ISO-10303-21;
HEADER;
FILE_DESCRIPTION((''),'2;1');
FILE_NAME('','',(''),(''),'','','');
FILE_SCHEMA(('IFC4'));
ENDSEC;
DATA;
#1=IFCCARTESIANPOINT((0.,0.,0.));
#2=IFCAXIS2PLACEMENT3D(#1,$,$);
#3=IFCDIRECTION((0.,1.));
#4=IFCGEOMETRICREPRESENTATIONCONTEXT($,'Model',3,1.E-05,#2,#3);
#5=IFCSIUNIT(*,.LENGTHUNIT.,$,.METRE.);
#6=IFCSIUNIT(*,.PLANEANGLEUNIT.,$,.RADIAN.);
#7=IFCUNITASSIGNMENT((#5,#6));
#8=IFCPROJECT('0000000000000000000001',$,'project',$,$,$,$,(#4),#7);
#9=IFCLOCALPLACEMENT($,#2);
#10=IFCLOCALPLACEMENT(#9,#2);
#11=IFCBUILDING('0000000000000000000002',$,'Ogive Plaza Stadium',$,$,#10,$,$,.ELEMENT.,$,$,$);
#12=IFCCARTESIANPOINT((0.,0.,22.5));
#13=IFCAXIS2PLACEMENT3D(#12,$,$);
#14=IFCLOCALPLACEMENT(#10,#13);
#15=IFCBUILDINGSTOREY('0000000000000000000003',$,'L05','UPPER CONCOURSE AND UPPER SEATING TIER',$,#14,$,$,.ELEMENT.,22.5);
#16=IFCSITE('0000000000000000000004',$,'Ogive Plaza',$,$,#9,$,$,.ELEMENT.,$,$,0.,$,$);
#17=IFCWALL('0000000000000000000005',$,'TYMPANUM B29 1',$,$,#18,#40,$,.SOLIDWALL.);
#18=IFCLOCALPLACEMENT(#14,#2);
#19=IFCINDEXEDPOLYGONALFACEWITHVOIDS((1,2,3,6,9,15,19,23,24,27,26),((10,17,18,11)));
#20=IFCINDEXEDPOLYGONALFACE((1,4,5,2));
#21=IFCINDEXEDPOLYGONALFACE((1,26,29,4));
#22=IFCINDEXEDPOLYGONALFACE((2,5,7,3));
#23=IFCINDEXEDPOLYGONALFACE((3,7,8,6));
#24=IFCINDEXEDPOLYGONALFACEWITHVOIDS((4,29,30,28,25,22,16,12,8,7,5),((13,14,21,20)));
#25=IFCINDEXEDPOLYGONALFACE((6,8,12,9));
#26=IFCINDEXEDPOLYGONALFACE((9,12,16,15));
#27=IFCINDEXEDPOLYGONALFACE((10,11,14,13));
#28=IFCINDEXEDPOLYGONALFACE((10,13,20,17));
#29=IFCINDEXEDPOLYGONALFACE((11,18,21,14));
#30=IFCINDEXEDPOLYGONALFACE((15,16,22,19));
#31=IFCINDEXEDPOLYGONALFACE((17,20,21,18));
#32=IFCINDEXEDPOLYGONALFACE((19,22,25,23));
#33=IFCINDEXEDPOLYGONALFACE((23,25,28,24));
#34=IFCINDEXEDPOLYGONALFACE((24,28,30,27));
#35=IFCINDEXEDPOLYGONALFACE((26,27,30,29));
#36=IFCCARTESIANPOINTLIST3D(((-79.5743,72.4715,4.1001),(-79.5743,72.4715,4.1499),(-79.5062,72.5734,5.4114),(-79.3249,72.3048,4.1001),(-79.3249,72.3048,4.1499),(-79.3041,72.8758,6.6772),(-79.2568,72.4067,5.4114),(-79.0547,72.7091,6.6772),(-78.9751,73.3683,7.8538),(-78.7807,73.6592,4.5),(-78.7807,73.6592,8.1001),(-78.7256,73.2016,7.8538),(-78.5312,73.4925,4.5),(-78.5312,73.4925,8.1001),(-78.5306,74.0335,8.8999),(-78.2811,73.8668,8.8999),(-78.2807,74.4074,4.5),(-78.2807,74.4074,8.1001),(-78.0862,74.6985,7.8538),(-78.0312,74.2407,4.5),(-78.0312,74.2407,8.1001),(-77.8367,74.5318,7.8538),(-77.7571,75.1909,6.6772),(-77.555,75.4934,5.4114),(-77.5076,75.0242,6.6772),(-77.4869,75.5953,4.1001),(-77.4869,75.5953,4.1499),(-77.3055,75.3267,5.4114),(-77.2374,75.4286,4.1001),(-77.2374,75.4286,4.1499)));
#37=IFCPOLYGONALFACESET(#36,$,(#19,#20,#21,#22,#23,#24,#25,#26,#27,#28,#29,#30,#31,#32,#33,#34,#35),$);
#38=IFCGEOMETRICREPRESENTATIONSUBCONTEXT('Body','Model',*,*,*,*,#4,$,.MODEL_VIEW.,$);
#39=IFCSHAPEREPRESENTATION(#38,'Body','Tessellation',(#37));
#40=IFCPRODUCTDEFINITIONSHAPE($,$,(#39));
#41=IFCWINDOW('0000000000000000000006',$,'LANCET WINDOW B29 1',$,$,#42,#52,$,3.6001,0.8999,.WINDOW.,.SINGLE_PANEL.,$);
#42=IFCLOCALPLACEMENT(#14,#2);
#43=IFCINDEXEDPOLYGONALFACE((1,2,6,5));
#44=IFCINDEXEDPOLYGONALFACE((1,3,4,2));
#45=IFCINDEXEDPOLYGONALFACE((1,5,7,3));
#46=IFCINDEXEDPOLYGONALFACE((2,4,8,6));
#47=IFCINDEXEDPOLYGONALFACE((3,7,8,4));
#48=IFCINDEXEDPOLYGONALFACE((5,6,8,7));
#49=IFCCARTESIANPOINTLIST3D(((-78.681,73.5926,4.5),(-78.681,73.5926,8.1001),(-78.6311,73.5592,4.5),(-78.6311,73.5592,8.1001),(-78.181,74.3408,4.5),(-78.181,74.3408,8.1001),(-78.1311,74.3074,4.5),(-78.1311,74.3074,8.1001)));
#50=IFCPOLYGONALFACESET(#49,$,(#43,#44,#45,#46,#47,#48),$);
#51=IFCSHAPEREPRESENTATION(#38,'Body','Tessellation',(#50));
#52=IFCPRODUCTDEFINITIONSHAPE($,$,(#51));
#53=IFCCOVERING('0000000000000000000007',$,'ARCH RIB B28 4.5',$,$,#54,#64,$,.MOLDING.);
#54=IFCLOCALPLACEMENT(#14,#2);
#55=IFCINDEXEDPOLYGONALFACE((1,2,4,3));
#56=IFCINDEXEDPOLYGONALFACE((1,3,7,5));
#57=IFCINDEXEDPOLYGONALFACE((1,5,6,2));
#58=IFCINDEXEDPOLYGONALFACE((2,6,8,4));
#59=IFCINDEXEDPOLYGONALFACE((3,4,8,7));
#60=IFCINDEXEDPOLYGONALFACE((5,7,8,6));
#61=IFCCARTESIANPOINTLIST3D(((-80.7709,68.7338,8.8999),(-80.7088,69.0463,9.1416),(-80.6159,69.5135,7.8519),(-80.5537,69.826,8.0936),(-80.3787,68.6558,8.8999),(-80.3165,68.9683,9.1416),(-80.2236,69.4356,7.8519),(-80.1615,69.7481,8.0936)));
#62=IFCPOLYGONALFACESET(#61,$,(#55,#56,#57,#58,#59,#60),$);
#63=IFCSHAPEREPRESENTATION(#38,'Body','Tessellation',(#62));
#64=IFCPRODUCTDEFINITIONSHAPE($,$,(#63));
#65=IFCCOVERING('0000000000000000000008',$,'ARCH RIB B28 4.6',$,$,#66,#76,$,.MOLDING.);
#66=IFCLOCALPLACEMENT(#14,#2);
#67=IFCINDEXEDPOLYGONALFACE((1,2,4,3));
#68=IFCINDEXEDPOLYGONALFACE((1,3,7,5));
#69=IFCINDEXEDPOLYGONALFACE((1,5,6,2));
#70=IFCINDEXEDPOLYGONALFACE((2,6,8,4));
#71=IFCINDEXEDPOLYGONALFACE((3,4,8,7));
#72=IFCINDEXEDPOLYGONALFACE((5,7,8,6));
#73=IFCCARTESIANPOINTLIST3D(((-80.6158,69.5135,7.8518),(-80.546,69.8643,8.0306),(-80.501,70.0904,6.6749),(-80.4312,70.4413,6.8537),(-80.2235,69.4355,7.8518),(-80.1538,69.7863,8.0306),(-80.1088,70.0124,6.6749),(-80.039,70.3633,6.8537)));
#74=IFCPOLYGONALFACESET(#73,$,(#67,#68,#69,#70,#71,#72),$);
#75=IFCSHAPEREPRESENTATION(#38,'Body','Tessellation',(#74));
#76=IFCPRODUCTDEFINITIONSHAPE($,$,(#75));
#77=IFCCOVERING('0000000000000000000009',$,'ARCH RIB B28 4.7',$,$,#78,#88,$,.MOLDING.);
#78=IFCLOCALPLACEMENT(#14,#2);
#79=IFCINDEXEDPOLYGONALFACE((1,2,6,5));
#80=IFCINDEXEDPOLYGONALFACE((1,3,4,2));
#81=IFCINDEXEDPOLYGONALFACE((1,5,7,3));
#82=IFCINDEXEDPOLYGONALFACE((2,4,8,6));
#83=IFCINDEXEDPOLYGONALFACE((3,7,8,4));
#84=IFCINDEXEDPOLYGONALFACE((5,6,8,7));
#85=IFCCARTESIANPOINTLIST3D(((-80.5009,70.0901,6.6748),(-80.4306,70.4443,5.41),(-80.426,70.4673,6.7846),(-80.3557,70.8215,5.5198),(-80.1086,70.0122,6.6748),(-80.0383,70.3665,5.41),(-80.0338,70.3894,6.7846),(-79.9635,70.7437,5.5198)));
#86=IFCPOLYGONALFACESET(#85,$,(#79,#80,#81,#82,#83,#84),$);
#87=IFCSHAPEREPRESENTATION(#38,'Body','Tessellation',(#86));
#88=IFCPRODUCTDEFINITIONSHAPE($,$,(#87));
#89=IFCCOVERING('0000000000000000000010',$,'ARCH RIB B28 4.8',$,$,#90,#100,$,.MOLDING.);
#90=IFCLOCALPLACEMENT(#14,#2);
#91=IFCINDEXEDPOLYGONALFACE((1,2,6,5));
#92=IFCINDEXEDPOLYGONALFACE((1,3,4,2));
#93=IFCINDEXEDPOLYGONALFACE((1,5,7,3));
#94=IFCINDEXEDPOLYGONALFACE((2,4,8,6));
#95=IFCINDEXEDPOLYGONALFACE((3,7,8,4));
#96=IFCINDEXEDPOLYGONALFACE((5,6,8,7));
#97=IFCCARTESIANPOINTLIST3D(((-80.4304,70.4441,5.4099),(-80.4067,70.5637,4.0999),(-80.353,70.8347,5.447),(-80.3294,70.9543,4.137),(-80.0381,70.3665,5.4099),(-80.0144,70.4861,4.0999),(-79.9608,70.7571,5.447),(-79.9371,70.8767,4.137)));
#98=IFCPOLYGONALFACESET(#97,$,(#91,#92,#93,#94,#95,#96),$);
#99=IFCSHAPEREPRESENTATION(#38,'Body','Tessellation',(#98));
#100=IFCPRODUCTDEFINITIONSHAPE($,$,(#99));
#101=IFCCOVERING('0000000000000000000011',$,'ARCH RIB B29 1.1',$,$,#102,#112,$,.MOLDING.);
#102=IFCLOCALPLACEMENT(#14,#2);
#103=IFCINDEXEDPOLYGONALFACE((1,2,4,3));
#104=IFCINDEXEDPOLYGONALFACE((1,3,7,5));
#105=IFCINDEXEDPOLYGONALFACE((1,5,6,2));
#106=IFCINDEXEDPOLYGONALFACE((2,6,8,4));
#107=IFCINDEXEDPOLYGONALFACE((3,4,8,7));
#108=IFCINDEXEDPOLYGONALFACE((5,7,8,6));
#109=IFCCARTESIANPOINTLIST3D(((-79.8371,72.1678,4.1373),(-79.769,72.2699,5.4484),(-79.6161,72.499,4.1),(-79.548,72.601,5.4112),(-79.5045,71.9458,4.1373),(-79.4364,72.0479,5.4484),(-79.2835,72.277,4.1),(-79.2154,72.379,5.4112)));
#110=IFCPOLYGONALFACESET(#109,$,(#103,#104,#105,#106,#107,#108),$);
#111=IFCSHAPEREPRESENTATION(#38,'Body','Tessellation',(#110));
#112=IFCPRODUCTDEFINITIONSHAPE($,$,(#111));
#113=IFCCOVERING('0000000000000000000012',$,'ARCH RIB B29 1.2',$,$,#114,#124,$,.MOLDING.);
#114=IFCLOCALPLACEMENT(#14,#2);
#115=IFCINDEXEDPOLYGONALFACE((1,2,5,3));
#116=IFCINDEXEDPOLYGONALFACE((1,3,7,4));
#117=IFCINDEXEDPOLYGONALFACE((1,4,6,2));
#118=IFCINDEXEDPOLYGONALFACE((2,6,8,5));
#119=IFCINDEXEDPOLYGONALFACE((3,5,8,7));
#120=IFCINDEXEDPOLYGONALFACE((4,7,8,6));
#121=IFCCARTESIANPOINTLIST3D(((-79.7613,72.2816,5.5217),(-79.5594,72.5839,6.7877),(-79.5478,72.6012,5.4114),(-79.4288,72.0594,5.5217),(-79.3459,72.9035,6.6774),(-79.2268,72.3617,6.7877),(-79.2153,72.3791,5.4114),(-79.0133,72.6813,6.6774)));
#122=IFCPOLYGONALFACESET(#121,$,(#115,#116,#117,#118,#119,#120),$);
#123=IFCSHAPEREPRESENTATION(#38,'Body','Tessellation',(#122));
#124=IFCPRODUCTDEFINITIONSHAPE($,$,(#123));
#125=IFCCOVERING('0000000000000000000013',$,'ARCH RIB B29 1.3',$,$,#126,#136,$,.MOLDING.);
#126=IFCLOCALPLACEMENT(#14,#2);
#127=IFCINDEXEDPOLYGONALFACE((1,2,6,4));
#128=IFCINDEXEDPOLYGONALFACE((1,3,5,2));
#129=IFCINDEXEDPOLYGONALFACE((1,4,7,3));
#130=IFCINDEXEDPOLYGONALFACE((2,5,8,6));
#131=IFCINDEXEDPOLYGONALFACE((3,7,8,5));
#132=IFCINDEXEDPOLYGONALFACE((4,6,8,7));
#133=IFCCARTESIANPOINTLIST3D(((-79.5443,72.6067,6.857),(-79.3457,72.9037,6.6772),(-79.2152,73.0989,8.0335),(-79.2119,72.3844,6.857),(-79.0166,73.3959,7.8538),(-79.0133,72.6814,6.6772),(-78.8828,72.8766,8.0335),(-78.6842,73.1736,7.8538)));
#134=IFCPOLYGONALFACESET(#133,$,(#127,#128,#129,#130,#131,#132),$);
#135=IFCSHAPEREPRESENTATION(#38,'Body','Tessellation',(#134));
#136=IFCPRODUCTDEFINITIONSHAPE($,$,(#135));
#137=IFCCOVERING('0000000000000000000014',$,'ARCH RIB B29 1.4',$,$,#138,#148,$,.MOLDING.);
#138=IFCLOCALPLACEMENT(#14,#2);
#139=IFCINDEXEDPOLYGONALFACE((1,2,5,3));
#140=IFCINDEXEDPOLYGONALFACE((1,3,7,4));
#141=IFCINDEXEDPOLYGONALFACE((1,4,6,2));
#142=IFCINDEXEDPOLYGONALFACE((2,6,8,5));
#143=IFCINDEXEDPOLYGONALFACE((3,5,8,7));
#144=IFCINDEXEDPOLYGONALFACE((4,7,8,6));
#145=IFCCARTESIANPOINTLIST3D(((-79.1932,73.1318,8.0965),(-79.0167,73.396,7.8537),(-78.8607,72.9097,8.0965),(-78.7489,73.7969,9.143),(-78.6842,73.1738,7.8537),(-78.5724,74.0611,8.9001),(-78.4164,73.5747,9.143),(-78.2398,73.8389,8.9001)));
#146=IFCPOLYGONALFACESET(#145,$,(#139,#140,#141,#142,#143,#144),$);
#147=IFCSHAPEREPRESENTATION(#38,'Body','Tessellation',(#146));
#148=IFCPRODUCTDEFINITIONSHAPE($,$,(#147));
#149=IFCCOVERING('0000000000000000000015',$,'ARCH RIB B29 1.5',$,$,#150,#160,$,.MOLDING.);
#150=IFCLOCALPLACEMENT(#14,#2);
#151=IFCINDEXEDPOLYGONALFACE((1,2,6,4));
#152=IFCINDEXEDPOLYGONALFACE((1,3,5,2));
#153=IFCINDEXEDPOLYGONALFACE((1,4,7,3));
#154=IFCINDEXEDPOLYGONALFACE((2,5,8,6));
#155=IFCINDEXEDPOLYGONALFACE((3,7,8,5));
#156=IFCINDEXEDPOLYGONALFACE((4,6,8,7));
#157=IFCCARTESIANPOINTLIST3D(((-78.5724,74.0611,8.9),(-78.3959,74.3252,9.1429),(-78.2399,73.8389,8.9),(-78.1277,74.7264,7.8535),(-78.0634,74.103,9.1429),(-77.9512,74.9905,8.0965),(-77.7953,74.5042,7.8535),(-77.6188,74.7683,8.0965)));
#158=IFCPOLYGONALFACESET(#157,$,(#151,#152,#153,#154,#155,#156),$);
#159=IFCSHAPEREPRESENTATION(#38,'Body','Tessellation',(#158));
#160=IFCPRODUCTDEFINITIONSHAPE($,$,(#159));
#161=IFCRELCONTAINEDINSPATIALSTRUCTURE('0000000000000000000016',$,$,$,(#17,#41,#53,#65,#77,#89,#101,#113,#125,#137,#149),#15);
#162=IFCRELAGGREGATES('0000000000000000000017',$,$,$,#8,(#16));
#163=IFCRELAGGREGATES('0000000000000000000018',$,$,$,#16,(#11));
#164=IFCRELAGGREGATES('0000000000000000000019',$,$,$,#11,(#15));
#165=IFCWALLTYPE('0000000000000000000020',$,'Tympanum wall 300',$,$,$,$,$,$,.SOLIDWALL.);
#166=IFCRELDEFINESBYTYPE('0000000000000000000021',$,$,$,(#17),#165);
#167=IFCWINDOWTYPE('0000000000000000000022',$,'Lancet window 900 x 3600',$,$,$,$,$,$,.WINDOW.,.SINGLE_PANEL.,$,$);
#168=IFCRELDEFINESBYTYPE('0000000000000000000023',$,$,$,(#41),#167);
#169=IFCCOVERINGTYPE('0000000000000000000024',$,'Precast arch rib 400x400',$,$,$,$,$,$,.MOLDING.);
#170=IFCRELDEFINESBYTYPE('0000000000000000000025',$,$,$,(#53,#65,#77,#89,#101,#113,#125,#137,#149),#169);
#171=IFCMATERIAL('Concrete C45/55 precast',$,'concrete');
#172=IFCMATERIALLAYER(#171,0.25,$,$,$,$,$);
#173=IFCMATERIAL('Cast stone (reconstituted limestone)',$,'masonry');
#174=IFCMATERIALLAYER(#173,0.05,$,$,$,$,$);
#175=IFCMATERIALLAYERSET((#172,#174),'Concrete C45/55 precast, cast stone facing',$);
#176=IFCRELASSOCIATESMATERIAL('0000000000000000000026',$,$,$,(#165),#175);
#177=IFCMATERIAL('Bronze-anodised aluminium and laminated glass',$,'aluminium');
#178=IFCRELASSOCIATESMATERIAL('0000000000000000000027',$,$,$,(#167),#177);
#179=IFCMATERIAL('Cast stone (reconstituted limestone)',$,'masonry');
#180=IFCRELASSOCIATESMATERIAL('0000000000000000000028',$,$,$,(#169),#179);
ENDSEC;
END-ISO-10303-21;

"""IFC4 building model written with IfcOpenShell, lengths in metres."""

from ifc_helpers import new_model, si_unit, direction, frame, frame_2d, origin, origin_2d, place, context, subcontext, project, spatial, polyline, rectangle, outline, extrude, material, layer, layer_set, material_profile, profile_set, type_object, element, fill, save


model = new_model("IFC4")

# Units and contexts
model_context = context("Model", 3, precision=1e-05, world=origin(), true_north=direction((0.0, 1.0)))
body_context = subcontext(model_context, "Body", "Model", "MODEL_VIEW")
ifc_project = project(units=[si_unit("LENGTHUNIT", "METRE"), si_unit("PLANEANGLEUNIT", "RADIAN")], contexts=[model_context])

# Site, building, storey
site_placement = place(None, origin())
site = spatial("IfcSite", under=ifc_project, at=site_placement, Name="Ogive Plaza", CompositionType="ELEMENT", RefElevation=0.0)
building_placement = place(site_placement, origin())
building = spatial("IfcBuilding", under=site, at=building_placement, Name="Ogive Plaza Stadium", CompositionType="ELEMENT")
storey_placement = place(building_placement, frame((0.0, 0.0, 22.5)))
storey = spatial("IfcBuildingStorey", under=building, at=storey_placement, Name="L05", Description="UPPER CONCOURSE AND UPPER SEATING TIER", CompositionType="ELEMENT", Elevation=22.5)

# Wall, opening, window
ifc_material_1 = material(Name="Concrete C45/55 precast", Category="concrete")
ifc_layer_1 = layer(ifc_material_1, 0.25)
ifc_material_2 = material(Name="Cast stone (reconstituted limestone)", Category="masonry")
ifc_layer_2 = layer(ifc_material_2, 0.05)
ifc_layer_set_1 = layer_set([ifc_layer_1, ifc_layer_2], Name="Concrete C45/55 precast, cast stone facing")
wall_type = type_object("IfcWallType", Name="Tympanum wall 300", PredefinedType="SOLIDWALL", material=ifc_layer_set_1)
wall_placement = place(storey_placement, frame((-79.4497, 72.3882, 4.1001), z_axis=(0.0, 0.0, 1.0), x_axis=(0.5556, 0.83145, 0.0)))
wall = element("IfcWall", 1, at=wall_placement, inside=storey, type_object=wall_type, Name="TYMPANUM B29 1", PredefinedType="SOLIDWALL", context=body_context, shape_type="SweptSolid", body=[
    extrude(outline(polyline([(0.0, 0.0), (3.7571, 0.0), (3.7571, 0.0498), (3.6345, 1.3113), (3.2708, 2.5771), (2.6785, 3.7537), (1.8787, 4.7998), (1.0786, 3.7537), (0.4863, 2.5771), (0.1226, 1.3113), (0.0, 0.0498), (0.0, 0.0)])), frame((0.0, 0.1499, 0.0), z_axis=(0.0, -1.0, 0.0), x_axis=(1.0, 0.0, 0.0)), (0.0, 0.0, 1.0), 0.3),
])
opening_placement = place(wall_placement, frame((1.4285, 0.0, 0.3999)))
opening = element("IfcOpeningElement", 2, at=opening_placement, cuts=wall, PredefinedType="OPENING", context=body_context, shape_type="SweptSolid", body=[
    extrude(rectangle(XDim=0.8999, YDim=3.6001, at=frame_2d((0.45, 1.8))), frame((0.0, 0.1602, 0.0), z_axis=(0.0, -1.0, 0.0), x_axis=(1.0, 0.0, 0.0)), (0.0, 0.0, 1.0), 0.3201),
])
ifc_material_3 = material(Name="Bronze-anodised aluminium and laminated glass", Category="aluminium")
window_type = type_object("IfcWindowType", Name="Lancet window 900 x 3600", PartitioningType="SINGLE_PANEL", PredefinedType="WINDOW", material=ifc_material_3)
window_placement = place(opening_placement, origin())
window = element("IfcWindow", 3, at=window_placement, inside=storey, type_object=window_type, Name="LANCET WINDOW B29 1", OverallHeight=3.6001, OverallWidth=0.8999, PartitioningType="SINGLE_PANEL", PredefinedType="WINDOW", context=body_context, shape_type="SweptSolid", body=[
    extrude(rectangle(XDim=0.8999, YDim=3.6001, at=frame_2d((0.45, 1.8))), frame((0.0, 0.03, 0.0), z_axis=(0.0, -1.0, 0.0), x_axis=(1.0, 0.0, 0.0)), (0.0, 0.0, 1.0), 0.0601),
])
fill(opening, window)

# Coverings
ifc_material_4 = material(Name="Cast stone (reconstituted limestone)", Category="masonry")
ifc_material_profile_1 = material_profile(ifc_material_4, rectangle(XDim=0.3999, YDim=0.3999, at=origin_2d()), Name="Cast stone 400x400")
ifc_profile_set_1 = profile_set([ifc_material_profile_1], Name="Cast stone (reconstituted limestone)")
covering_type = type_object("IfcCoveringType", Name="Precast arch rib 400x400", PredefinedType="MOLDING", material=ifc_profile_set_1)
covering_1_placement = place(storey_placement, frame((-80.5437, 68.8511, 9.0208), z_axis=(0.117846, 0.592756, -0.796713), x_axis=(-0.980804, 0.194994, 0.0)))
element("IfcCovering", 4, at=covering_1_placement, inside=storey, type_object=covering_type, Name="ARCH RIB B28 4.5", PredefinedType="MOLDING", context=body_context, shape_type="SweptSolid", body=[
    extrude(rectangle(XDim=0.3999, YDim=0.3999, at=origin_2d()), origin(), (0.0, 0.0, 1.0), 1.3154),
])
covering_2_placement = place(storey_placement, frame((-80.3848, 69.6499, 7.9412), z_axis=(0.087221, 0.438518, -0.89448), x_axis=(-0.980788, 0.195078, 0.0)))
element("IfcCovering", 5, at=covering_2_placement, inside=storey, type_object=covering_type, Name="ARCH RIB B28 4.6", PredefinedType="MOLDING", context=body_context, shape_type="SweptSolid", body=[
    extrude(rectangle(XDim=0.3999, YDim=0.3999, at=origin_2d()), origin(), (0.0, 0.0, 1.0), 1.3157),
])
covering_3_placement = place(storey_placement, frame((-80.2673, 70.2397, 6.7297), z_axis=(0.053452, 0.2693, -0.961572), x_axis=(-0.980866, 0.194686, 0.0)))
element("IfcCovering", 6, at=covering_3_placement, inside=storey, type_object=covering_type, Name="ARCH RIB B28 4.7", PredefinedType="MOLDING", context=body_context, shape_type="SweptSolid", body=[
    extrude(rectangle(XDim=0.3999, YDim=0.3999, at=origin_2d()), origin(), (0.0, 0.0, 1.0), 1.3154),
])
covering_4_placement = place(storey_placement, frame((-80.1956, 70.6006, 5.4285), z_axis=(0.017999, 0.090923, -0.995695), x_axis=(-0.980964, 0.194191, 0.0)))
element("IfcCovering", 7, at=covering_4_placement, inside=storey, type_object=covering_type, Name="ARCH RIB B28 4.8", PredefinedType="MOLDING", context=body_context, shape_type="SweptSolid", body=[
    extrude(rectangle(XDim=0.3999, YDim=0.3999, at=origin_2d()), origin(), (0.0, 0.0, 1.0), 1.3157),
])
covering_5_placement = place(storey_placement, frame((-79.5603, 72.2224, 4.1187), z_axis=(0.05172, 0.077487, 0.995651), x_axis=(-0.831744, 0.555159, 0.0)))
element("IfcCovering", 8, at=covering_5_placement, inside=storey, type_object=covering_type, Name="ARCH RIB B29 1.1", PredefinedType="MOLDING", context=body_context, shape_type="SweptSolid", body=[
    extrude(rectangle(XDim=0.3999, YDim=0.3999, at=origin_2d()), origin(), (0.0, 0.0, 1.0), 1.3169),
])
for number, where, z_axis, x_axis, name in (
    (9, (-79.4883, 72.3303, 5.4666), (0.153304, 0.229492, 0.961161), (-0.831533, 0.555475, 0.0), "ARCH RIB B29 1.2"),
    (10, (-79.2788, 72.644, 6.7671), (0.249869, 0.373692, 0.893264), (-0.831288, 0.555842, 0.0), "ARCH RIB B29 1.3"),
    (11, (-78.9387, 73.1528, 7.9751), (0.337371, 0.504944, 0.794489), (-0.831486, 0.555545, 0.0), "ARCH RIB B29 1.4"),
):
    element("IfcCovering", number, at=place(storey_placement, frame(where, z_axis=z_axis, x_axis=x_axis)), inside=storey, type_object=covering_type, Name=name, PredefinedType="MOLDING", context=body_context, shape_type="SweptSolid", body=[
        extrude(rectangle(XDim=0.3999, YDim=0.3999, at=origin_2d()), origin(), (0.0, 0.0, 1.0), 1.3171),
    ])
covering_6_placement = place(storey_placement, frame((-78.3179, 74.082, 9.0215), z_axis=(0.337503, 0.50505, -0.794365), x_axis=(-0.83144, 0.555615, 0.0)))
element("IfcCovering", 12, at=covering_6_placement, inside=storey, type_object=covering_type, Name="ARCH RIB B29 1.5", PredefinedType="MOLDING", context=body_context, shape_type="SweptSolid", body=[
    extrude(rectangle(XDim=0.3999, YDim=0.3999, at=origin_2d()), origin(), (0.0, 0.0, 1.0), 1.3174),
])

save(model, "model.ifc")
